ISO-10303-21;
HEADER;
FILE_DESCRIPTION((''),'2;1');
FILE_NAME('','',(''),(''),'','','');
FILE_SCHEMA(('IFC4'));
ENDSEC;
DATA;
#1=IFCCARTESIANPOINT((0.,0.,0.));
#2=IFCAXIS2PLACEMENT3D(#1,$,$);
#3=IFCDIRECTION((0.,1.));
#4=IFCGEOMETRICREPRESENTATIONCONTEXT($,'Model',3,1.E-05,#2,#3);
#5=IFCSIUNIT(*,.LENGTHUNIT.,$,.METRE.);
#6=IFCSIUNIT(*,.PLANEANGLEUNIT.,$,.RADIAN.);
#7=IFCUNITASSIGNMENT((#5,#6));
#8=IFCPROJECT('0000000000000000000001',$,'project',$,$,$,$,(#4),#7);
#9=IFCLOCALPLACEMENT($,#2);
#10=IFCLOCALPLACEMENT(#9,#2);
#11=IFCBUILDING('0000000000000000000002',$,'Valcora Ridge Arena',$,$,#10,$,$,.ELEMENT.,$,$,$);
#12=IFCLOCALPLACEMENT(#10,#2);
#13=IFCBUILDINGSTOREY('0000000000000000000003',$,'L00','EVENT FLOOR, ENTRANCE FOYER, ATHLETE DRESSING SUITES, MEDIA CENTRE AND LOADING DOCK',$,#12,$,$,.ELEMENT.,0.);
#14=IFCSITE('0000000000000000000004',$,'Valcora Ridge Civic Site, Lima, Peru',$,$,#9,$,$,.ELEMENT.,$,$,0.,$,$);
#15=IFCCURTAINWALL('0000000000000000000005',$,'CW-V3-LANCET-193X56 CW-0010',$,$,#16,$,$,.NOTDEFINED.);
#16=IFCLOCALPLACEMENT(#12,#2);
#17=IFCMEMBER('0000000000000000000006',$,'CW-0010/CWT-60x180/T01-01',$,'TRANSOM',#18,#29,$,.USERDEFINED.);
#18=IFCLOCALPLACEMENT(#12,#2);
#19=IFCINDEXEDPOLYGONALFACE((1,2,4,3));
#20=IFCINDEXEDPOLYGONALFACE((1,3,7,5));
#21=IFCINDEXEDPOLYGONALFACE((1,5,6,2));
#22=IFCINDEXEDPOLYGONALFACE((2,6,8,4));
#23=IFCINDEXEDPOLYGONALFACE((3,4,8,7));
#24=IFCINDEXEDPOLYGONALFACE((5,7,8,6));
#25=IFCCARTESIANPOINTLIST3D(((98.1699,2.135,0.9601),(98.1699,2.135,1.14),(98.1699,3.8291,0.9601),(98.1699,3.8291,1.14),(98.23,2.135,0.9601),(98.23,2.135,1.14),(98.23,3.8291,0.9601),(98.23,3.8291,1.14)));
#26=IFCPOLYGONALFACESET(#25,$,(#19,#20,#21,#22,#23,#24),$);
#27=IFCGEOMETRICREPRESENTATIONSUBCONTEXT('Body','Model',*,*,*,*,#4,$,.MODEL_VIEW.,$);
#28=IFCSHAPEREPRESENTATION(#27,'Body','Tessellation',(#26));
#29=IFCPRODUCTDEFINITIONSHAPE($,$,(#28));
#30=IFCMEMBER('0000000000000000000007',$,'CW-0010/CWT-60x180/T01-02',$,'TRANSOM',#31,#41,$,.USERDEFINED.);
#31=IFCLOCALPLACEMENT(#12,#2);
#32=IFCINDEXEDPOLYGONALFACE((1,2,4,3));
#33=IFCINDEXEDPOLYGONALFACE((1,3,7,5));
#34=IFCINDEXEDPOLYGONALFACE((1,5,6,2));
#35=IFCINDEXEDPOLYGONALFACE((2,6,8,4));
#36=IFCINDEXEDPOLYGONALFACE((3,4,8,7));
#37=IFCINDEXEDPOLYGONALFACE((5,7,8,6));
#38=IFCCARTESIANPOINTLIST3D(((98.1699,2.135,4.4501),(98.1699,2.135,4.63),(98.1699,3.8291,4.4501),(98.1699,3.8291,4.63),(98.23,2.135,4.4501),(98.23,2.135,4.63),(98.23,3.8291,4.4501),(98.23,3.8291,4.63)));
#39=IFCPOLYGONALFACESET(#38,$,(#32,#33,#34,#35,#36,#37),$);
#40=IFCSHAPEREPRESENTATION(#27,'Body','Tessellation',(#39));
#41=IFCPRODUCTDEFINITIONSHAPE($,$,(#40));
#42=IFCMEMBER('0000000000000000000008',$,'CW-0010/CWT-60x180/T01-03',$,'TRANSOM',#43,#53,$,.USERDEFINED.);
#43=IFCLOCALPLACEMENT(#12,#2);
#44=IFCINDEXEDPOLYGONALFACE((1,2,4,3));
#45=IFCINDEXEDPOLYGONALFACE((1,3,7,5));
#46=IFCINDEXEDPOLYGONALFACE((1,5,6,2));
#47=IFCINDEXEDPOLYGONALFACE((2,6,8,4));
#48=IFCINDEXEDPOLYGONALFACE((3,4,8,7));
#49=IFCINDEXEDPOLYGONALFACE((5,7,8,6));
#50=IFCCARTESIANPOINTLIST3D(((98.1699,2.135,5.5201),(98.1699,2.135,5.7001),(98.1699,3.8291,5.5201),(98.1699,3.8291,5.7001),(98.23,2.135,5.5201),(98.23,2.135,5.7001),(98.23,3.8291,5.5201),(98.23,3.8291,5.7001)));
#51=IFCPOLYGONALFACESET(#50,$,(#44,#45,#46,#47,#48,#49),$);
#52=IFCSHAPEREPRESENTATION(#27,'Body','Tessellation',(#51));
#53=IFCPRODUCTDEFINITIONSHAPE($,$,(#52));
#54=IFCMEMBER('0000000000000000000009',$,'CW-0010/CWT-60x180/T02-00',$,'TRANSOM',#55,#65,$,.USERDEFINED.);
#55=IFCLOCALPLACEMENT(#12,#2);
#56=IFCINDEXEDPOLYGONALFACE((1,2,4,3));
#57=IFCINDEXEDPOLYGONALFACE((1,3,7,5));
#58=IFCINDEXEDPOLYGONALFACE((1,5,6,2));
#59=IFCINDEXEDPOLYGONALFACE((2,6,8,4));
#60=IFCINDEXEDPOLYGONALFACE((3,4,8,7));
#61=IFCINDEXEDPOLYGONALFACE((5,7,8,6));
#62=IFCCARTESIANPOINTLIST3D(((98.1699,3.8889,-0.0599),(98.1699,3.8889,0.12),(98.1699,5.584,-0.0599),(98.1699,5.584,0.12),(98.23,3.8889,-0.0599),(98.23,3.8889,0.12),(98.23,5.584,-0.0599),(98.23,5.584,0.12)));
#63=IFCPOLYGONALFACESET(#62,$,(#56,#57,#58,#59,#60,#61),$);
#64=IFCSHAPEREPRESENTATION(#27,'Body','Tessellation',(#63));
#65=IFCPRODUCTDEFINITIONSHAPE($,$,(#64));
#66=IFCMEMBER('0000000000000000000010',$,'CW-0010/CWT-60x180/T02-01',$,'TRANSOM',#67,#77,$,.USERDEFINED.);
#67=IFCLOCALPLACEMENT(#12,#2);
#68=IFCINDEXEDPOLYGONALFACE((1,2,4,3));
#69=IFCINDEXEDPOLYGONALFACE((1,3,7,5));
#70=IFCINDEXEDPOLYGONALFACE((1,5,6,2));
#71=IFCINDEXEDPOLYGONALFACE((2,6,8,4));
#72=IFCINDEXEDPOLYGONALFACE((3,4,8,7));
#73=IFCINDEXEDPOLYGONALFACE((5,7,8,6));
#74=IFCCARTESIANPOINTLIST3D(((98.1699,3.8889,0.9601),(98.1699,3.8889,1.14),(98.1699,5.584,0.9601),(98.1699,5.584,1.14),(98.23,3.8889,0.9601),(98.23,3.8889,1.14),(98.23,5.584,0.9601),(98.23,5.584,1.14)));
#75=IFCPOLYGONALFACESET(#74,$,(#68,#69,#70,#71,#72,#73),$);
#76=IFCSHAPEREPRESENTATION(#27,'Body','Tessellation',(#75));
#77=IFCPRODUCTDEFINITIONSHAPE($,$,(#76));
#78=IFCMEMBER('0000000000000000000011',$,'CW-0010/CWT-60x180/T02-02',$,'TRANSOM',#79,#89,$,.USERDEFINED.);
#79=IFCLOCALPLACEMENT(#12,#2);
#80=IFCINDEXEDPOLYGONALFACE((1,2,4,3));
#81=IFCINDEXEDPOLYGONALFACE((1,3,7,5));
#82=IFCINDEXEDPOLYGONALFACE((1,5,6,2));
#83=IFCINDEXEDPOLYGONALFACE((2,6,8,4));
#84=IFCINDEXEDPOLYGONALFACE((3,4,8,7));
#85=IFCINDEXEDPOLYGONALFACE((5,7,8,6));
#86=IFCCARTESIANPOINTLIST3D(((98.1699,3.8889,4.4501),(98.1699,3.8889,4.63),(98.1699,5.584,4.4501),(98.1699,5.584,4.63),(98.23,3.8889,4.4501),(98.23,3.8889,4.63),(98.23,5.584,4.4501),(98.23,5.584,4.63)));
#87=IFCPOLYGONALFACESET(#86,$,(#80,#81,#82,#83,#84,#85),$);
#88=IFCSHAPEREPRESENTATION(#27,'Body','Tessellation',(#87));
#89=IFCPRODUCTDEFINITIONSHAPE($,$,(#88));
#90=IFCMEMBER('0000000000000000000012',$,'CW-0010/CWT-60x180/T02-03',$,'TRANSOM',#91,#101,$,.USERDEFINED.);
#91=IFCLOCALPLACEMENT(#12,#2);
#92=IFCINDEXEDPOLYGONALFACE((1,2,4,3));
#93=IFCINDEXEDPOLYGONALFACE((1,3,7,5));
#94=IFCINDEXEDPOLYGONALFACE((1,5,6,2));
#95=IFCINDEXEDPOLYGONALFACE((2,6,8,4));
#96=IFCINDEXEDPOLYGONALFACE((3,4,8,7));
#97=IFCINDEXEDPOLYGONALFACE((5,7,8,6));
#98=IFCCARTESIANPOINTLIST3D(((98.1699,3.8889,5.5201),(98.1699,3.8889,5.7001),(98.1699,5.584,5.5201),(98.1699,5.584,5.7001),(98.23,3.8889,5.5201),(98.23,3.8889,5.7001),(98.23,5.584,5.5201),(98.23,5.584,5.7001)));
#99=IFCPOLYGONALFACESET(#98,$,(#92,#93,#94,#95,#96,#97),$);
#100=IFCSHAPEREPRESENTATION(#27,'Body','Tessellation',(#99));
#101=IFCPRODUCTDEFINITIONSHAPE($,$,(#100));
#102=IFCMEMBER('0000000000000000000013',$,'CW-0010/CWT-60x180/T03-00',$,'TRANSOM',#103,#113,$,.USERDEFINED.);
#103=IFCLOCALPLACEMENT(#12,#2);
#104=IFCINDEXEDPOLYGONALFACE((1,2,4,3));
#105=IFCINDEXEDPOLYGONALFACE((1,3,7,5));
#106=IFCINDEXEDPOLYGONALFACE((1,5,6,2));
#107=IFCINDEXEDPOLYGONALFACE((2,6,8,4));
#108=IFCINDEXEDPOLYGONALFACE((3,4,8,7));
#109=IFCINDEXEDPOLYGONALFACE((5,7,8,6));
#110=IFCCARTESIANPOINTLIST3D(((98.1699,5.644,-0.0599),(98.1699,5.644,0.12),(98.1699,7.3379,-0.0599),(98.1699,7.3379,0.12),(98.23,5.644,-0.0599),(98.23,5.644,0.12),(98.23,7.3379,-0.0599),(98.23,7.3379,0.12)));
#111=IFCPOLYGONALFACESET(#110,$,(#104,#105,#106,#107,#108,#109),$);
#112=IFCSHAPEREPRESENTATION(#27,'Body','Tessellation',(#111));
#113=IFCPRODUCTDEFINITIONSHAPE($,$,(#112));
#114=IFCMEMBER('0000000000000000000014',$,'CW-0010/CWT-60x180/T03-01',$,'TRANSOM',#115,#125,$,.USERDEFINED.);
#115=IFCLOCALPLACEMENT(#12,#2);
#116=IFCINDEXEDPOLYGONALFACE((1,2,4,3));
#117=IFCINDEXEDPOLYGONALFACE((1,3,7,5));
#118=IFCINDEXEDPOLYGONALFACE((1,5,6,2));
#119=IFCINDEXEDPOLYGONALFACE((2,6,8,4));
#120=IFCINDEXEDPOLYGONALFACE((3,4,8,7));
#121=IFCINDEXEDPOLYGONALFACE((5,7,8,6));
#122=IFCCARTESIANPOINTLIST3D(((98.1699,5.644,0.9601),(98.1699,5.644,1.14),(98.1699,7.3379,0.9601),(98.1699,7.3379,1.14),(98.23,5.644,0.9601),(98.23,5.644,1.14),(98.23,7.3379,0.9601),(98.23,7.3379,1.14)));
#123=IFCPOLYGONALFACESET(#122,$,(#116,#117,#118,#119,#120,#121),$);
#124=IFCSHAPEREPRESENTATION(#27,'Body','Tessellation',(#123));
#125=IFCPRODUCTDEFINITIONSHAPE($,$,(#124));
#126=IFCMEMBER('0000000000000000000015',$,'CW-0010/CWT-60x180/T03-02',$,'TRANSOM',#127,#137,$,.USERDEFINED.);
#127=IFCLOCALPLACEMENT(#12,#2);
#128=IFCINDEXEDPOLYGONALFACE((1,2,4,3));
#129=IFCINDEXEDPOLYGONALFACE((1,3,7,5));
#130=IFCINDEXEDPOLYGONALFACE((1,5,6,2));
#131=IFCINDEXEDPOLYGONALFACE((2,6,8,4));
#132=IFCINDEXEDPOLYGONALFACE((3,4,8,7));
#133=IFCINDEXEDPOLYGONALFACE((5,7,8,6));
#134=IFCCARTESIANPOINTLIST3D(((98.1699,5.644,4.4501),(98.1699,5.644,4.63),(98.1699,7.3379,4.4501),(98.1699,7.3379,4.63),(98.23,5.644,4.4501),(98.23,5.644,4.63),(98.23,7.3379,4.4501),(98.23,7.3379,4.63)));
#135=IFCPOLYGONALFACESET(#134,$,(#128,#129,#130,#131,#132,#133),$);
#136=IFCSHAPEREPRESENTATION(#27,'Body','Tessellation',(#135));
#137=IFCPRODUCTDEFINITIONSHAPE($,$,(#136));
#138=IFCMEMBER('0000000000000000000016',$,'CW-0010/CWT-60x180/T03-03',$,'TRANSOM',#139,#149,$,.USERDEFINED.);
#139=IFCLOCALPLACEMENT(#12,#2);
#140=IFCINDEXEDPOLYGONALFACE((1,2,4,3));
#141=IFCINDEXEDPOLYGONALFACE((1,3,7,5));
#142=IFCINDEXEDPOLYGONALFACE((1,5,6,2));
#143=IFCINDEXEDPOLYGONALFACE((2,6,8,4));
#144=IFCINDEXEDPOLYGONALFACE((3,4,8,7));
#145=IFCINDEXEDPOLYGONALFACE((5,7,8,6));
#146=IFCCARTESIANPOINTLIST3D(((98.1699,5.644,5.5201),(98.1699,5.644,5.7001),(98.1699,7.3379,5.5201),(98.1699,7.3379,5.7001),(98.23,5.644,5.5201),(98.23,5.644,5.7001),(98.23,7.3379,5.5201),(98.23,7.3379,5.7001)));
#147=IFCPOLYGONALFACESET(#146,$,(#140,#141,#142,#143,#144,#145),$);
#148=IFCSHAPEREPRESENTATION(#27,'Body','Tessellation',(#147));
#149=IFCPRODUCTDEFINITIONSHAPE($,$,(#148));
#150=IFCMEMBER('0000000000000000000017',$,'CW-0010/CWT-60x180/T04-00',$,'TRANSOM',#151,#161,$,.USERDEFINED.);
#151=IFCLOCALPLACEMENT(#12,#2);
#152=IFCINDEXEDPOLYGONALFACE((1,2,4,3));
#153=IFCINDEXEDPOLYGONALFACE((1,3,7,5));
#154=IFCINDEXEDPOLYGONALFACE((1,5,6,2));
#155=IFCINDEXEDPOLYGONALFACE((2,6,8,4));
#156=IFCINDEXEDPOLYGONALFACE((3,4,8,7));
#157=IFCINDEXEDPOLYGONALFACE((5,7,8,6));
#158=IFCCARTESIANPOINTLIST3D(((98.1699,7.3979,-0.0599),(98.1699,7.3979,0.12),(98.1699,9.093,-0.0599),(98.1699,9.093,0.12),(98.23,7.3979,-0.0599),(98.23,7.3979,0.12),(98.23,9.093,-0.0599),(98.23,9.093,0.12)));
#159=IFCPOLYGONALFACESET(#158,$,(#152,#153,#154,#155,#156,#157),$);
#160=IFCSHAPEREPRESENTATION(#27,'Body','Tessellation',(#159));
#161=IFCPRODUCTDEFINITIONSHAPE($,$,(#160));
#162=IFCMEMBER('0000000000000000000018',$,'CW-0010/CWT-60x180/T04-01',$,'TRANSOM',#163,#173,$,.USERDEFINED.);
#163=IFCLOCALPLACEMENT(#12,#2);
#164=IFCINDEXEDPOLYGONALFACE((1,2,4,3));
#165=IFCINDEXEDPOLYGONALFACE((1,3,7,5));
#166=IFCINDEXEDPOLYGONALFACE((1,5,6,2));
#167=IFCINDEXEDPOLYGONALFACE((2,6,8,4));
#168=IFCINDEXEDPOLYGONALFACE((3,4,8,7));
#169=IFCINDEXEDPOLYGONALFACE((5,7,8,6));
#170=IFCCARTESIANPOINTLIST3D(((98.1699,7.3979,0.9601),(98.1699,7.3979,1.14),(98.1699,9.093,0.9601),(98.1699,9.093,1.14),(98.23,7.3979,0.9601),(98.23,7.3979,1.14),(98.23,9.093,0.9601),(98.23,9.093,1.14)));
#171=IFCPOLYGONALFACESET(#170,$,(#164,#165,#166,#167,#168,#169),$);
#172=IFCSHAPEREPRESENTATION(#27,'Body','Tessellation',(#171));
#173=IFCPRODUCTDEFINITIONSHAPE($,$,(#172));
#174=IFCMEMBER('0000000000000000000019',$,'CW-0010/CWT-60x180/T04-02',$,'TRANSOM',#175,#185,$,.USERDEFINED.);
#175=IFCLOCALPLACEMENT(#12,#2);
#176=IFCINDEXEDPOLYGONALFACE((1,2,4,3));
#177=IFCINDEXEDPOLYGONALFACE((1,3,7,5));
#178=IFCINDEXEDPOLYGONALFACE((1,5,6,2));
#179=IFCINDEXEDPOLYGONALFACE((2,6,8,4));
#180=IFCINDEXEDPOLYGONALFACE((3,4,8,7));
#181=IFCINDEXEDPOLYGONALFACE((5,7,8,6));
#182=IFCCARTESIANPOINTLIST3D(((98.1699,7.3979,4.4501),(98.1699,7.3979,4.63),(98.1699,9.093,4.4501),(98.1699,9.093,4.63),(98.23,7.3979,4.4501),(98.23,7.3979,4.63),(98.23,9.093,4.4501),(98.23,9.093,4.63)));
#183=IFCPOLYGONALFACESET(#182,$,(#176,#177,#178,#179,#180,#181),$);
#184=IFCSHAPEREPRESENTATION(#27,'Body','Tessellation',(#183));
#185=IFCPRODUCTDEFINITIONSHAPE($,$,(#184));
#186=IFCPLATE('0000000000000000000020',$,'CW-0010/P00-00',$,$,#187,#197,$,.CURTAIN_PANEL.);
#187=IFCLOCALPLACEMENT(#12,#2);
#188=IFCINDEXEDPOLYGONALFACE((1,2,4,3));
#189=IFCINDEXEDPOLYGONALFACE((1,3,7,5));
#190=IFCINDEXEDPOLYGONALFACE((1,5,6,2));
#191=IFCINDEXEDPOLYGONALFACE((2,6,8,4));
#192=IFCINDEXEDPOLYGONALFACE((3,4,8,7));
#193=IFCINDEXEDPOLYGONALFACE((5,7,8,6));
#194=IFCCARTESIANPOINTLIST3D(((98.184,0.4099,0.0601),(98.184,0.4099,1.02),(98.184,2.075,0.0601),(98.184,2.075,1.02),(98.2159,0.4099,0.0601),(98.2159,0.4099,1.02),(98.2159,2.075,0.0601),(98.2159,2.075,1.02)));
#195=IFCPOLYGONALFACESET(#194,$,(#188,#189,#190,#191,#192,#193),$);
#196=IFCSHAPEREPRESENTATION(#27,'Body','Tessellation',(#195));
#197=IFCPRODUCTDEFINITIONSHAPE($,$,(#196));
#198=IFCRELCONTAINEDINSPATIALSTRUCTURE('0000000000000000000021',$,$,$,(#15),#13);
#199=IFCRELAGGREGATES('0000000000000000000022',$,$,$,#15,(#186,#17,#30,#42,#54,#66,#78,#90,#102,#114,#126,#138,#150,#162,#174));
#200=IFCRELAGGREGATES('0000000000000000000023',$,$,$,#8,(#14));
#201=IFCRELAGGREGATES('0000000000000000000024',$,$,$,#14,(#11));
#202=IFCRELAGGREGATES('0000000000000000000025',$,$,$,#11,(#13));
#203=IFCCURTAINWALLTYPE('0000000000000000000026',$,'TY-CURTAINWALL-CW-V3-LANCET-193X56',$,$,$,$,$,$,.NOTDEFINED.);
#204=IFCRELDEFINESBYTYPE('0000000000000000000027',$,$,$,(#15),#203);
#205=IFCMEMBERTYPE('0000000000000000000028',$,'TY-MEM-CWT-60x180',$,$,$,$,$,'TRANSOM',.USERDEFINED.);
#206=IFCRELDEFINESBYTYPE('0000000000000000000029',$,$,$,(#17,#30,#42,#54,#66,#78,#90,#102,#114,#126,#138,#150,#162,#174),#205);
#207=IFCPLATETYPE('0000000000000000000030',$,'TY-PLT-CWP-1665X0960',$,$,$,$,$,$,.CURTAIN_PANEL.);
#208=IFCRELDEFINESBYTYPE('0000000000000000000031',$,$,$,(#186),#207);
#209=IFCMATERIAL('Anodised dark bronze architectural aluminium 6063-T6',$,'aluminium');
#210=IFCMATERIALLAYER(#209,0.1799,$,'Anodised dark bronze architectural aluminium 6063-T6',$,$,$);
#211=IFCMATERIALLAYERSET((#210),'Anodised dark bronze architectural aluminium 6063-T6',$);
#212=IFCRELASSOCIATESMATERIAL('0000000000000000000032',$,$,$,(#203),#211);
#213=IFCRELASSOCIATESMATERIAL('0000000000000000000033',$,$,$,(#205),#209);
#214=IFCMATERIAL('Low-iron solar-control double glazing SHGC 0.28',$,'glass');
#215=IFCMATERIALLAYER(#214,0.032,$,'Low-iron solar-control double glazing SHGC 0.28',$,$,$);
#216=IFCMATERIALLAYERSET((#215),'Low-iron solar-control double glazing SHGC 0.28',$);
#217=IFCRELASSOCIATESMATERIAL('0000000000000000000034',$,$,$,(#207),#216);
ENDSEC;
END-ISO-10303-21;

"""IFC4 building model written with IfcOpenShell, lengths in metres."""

from ifc_helpers import new_model, si_unit, direction, frame, origin, origin_2d, place, context, subcontext, project, spatial, rectangle, extrude, material, layer, layer_set, material_profile, profile_set, type_object, element, aggregate, save


model = new_model("IFC4")

# Units and contexts
model_context = context("Model", 3, precision=1e-05, world=origin(), true_north=direction((0.0, 1.0)))
body_context = subcontext(model_context, "Body", "Model", "MODEL_VIEW")
ifc_project = project(units=[si_unit("LENGTHUNIT", "METRE"), si_unit("PLANEANGLEUNIT", "RADIAN")], contexts=[model_context])

# Site, building, storey
site_placement = place(None, origin())
site = spatial("IfcSite", under=ifc_project, at=site_placement, Name="Valcora Ridge Civic Site, Lima, Peru", CompositionType="ELEMENT", RefElevation=0.0)
building_placement = place(site_placement, origin())
building = spatial("IfcBuilding", under=site, at=building_placement, Name="Valcora Ridge Arena", CompositionType="ELEMENT")
storey_placement = place(building_placement, origin())
storey = spatial("IfcBuildingStorey", under=building, at=storey_placement, Name="L00", Description="EVENT FLOOR, ENTRANCE FOYER, ATHLETE DRESSING SUITES, MEDIA CENTRE AND LOADING DOCK", CompositionType="ELEMENT", Elevation=0.0)

# Curtain wall, members, plate
ifc_material_1 = material(Name="Anodised dark bronze architectural aluminium 6063-T6", Category="aluminium")
ifc_layer_1 = layer(ifc_material_1, 0.1799, Name="Anodised dark bronze architectural aluminium 6063-T6")
ifc_layer_set_1 = layer_set([ifc_layer_1], Name="Anodised dark bronze architectural aluminium 6063-T6")
curtain_wall_type = type_object("IfcCurtainWallType", Name="TY-CURTAINWALL-CW-V3-LANCET-193X56", PredefinedType="NOTDEFINED", material=ifc_layer_set_1)
curtain_wall_placement = place(storey_placement, origin())
curtain_wall = element("IfcCurtainWall", 1, at=curtain_wall_placement, inside=storey, type_object=curtain_wall_type, Name="CW-V3-LANCET-193X56 CW-0010", PredefinedType="NOTDEFINED")
ifc_material_profile_1 = material_profile(ifc_material_1, rectangle(XDim=0.0601, YDim=0.1799, at=origin_2d()), Name="ALU TRANSOM 60x180")
ifc_profile_set_1 = profile_set([ifc_material_profile_1], Name="Anodised dark bronze architectural aluminium 6063-T6")
member_type_1 = type_object("IfcMemberType", Name="TY-MEM-CWT-60x180", ElementType="TRANSOM", PredefinedType="USERDEFINED", material=ifc_profile_set_1)
member_1_placement = place(storey_placement, frame((98.2, 2.135, 1.05), z_axis=(0.0, 1.0, 0.0), x_axis=(-1.0, 0.0, 0.0)))
member_1 = element("IfcMember", 2, at=member_1_placement, type_object=member_type_1, Name="CW-0010/CWT-60x180/T01-01", ObjectType="TRANSOM", PredefinedType="USERDEFINED", context=body_context, shape_type="SweptSolid", body=[
    extrude(rectangle(XDim=0.0601, YDim=0.1799, at=origin_2d()), origin(), (0.0, 0.0, 1.0), 1.6941),
])
member_2_placement = place(storey_placement, frame((98.2, 2.135, 4.54), z_axis=(0.0, 1.0, 0.0), x_axis=(-1.0, 0.0, 0.0)))
member_2 = element("IfcMember", 3, at=member_2_placement, type_object=member_type_1, Name="CW-0010/CWT-60x180/T01-02", ObjectType="TRANSOM", PredefinedType="USERDEFINED", context=body_context, shape_type="SweptSolid", body=[
    extrude(rectangle(XDim=0.0601, YDim=0.1799, at=origin_2d()), origin(), (0.0, 0.0, 1.0), 1.6941),
])
member_3_placement = place(storey_placement, frame((98.2, 2.135, 5.6101), z_axis=(0.0, 1.0, 0.0), x_axis=(-1.0, 0.0, 0.0)))
member_3 = element("IfcMember", 4, at=member_3_placement, type_object=member_type_1, Name="CW-0010/CWT-60x180/T01-03", ObjectType="TRANSOM", PredefinedType="USERDEFINED", context=body_context, shape_type="SweptSolid", body=[
    extrude(rectangle(XDim=0.0601, YDim=0.1799, at=origin_2d()), origin(), (0.0, 0.0, 1.0), 1.6941),
])
member_4_placement = place(storey_placement, frame((98.2, 3.8889, 0.03), z_axis=(0.0, 1.0, 0.0), x_axis=(-1.0, 0.0, 0.0)))
member_4 = element("IfcMember", 5, at=member_4_placement, type_object=member_type_1, Name="CW-0010/CWT-60x180/T02-00", ObjectType="TRANSOM", PredefinedType="USERDEFINED", context=body_context, shape_type="SweptSolid", body=[
    extrude(rectangle(XDim=0.0601, YDim=0.1799, at=origin_2d()), origin(), (0.0, 0.0, 1.0), 1.6951),
])
member_5_placement = place(storey_placement, frame((98.2, 3.8889, 1.05), z_axis=(0.0, 1.0, 0.0), x_axis=(-1.0, 0.0, 0.0)))
member_5 = element("IfcMember", 6, at=member_5_placement, type_object=member_type_1, Name="CW-0010/CWT-60x180/T02-01", ObjectType="TRANSOM", PredefinedType="USERDEFINED", context=body_context, shape_type="SweptSolid", body=[
    extrude(rectangle(XDim=0.0601, YDim=0.1799, at=origin_2d()), origin(), (0.0, 0.0, 1.0), 1.6951),
])
member_6_placement = place(storey_placement, frame((98.2, 3.8889, 4.54), z_axis=(0.0, 1.0, 0.0), x_axis=(-1.0, 0.0, 0.0)))
member_6 = element("IfcMember", 7, at=member_6_placement, type_object=member_type_1, Name="CW-0010/CWT-60x180/T02-02", ObjectType="TRANSOM", PredefinedType="USERDEFINED", context=body_context, shape_type="SweptSolid", body=[
    extrude(rectangle(XDim=0.0601, YDim=0.1799, at=origin_2d()), origin(), (0.0, 0.0, 1.0), 1.6951),
])
member_7_placement = place(storey_placement, frame((98.2, 3.8889, 5.6101), z_axis=(0.0, 1.0, 0.0), x_axis=(-1.0, 0.0, 0.0)))
member_7 = element("IfcMember", 8, at=member_7_placement, type_object=member_type_1, Name="CW-0010/CWT-60x180/T02-03", ObjectType="TRANSOM", PredefinedType="USERDEFINED", context=body_context, shape_type="SweptSolid", body=[
    extrude(rectangle(XDim=0.0601, YDim=0.1799, at=origin_2d()), origin(), (0.0, 0.0, 1.0), 1.6951),
])
member_8_placement = place(storey_placement, frame((98.2, 5.644, 0.03), z_axis=(0.0, 1.0, 0.0), x_axis=(-1.0, 0.0, 0.0)))
member_8 = element("IfcMember", 9, at=member_8_placement, type_object=member_type_1, Name="CW-0010/CWT-60x180/T03-00", ObjectType="TRANSOM", PredefinedType="USERDEFINED", context=body_context, shape_type="SweptSolid", body=[
    extrude(rectangle(XDim=0.0601, YDim=0.1799, at=origin_2d()), origin(), (0.0, 0.0, 1.0), 1.6938),
])
member_9_placement = place(storey_placement, frame((98.2, 5.644, 1.05), z_axis=(0.0, 1.0, 0.0), x_axis=(-1.0, 0.0, 0.0)))
member_9 = element("IfcMember", 10, at=member_9_placement, type_object=member_type_1, Name="CW-0010/CWT-60x180/T03-01", ObjectType="TRANSOM", PredefinedType="USERDEFINED", context=body_context, shape_type="SweptSolid", body=[
    extrude(rectangle(XDim=0.0601, YDim=0.1799, at=origin_2d()), origin(), (0.0, 0.0, 1.0), 1.6938),
])
member_10_placement = place(storey_placement, frame((98.2, 5.644, 4.54), z_axis=(0.0, 1.0, 0.0), x_axis=(-1.0, 0.0, 0.0)))
member_10 = element("IfcMember", 11, at=member_10_placement, type_object=member_type_1, Name="CW-0010/CWT-60x180/T03-02", ObjectType="TRANSOM", PredefinedType="USERDEFINED", context=body_context, shape_type="SweptSolid", body=[
    extrude(rectangle(XDim=0.0601, YDim=0.1799, at=origin_2d()), origin(), (0.0, 0.0, 1.0), 1.6938),
])
member_11_placement = place(storey_placement, frame((98.2, 5.644, 5.6101), z_axis=(0.0, 1.0, 0.0), x_axis=(-1.0, 0.0, 0.0)))
member_11 = element("IfcMember", 12, at=member_11_placement, type_object=member_type_1, Name="CW-0010/CWT-60x180/T03-03", ObjectType="TRANSOM", PredefinedType="USERDEFINED", context=body_context, shape_type="SweptSolid", body=[
    extrude(rectangle(XDim=0.0601, YDim=0.1799, at=origin_2d()), origin(), (0.0, 0.0, 1.0), 1.6938),
])
member_12_placement = place(storey_placement, frame((98.2, 7.3979, 0.03), z_axis=(0.0, 1.0, 0.0), x_axis=(-1.0, 0.0, 0.0)))
member_12 = element("IfcMember", 13, at=member_12_placement, type_object=member_type_1, Name="CW-0010/CWT-60x180/T04-00", ObjectType="TRANSOM", PredefinedType="USERDEFINED", context=body_context, shape_type="SweptSolid", body=[
    extrude(rectangle(XDim=0.0601, YDim=0.1799, at=origin_2d()), origin(), (0.0, 0.0, 1.0), 1.6951),
])
member_13_placement = place(storey_placement, frame((98.2, 7.3979, 1.05), z_axis=(0.0, 1.0, 0.0), x_axis=(-1.0, 0.0, 0.0)))
member_13 = element("IfcMember", 14, at=member_13_placement, type_object=member_type_1, Name="CW-0010/CWT-60x180/T04-01", ObjectType="TRANSOM", PredefinedType="USERDEFINED", context=body_context, shape_type="SweptSolid", body=[
    extrude(rectangle(XDim=0.0601, YDim=0.1799, at=origin_2d()), origin(), (0.0, 0.0, 1.0), 1.6951),
])
member_14_placement = place(storey_placement, frame((98.2, 7.3979, 4.54), z_axis=(0.0, 1.0, 0.0), x_axis=(-1.0, 0.0, 0.0)))
member_14 = element("IfcMember", 15, at=member_14_placement, type_object=member_type_1, Name="CW-0010/CWT-60x180/T04-02", ObjectType="TRANSOM", PredefinedType="USERDEFINED", context=body_context, shape_type="SweptSolid", body=[
    extrude(rectangle(XDim=0.0601, YDim=0.1799, at=origin_2d()), origin(), (0.0, 0.0, 1.0), 1.6951),
])
ifc_material_2 = material(Name="Low-iron solar-control double glazing SHGC 0.28", Category="glass")
ifc_layer_2 = layer(ifc_material_2, 0.032, Name="Low-iron solar-control double glazing SHGC 0.28")
ifc_layer_set_2 = layer_set([ifc_layer_2], Name="Low-iron solar-control double glazing SHGC 0.28")
plate_type_1 = type_object("IfcPlateType", Name="TY-PLT-CWP-1665X0960", PredefinedType="CURTAIN_PANEL", material=ifc_layer_set_2)
plate_1_placement = place(storey_placement, frame((98.2, 1.2424, 0.0601), z_axis=(0.0, 0.0, 1.0), x_axis=(0.0, 1.0, 0.0)))
plate_1 = element("IfcPlate", 16, at=plate_1_placement, type_object=plate_type_1, Name="CW-0010/P00-00", PredefinedType="CURTAIN_PANEL", context=body_context, shape_type="SweptSolid", body=[
    extrude(rectangle(XDim=1.665, YDim=0.032, at=origin_2d()), origin(), (0.0, 0.0, 1.0), 0.96),
])
aggregate(curtain_wall, [plate_1, member_1, member_2, member_3, member_4, member_5, member_6, member_7, member_8, member_9, member_10, member_11, member_12, member_13, member_14])

save(model, "model.ifc")
